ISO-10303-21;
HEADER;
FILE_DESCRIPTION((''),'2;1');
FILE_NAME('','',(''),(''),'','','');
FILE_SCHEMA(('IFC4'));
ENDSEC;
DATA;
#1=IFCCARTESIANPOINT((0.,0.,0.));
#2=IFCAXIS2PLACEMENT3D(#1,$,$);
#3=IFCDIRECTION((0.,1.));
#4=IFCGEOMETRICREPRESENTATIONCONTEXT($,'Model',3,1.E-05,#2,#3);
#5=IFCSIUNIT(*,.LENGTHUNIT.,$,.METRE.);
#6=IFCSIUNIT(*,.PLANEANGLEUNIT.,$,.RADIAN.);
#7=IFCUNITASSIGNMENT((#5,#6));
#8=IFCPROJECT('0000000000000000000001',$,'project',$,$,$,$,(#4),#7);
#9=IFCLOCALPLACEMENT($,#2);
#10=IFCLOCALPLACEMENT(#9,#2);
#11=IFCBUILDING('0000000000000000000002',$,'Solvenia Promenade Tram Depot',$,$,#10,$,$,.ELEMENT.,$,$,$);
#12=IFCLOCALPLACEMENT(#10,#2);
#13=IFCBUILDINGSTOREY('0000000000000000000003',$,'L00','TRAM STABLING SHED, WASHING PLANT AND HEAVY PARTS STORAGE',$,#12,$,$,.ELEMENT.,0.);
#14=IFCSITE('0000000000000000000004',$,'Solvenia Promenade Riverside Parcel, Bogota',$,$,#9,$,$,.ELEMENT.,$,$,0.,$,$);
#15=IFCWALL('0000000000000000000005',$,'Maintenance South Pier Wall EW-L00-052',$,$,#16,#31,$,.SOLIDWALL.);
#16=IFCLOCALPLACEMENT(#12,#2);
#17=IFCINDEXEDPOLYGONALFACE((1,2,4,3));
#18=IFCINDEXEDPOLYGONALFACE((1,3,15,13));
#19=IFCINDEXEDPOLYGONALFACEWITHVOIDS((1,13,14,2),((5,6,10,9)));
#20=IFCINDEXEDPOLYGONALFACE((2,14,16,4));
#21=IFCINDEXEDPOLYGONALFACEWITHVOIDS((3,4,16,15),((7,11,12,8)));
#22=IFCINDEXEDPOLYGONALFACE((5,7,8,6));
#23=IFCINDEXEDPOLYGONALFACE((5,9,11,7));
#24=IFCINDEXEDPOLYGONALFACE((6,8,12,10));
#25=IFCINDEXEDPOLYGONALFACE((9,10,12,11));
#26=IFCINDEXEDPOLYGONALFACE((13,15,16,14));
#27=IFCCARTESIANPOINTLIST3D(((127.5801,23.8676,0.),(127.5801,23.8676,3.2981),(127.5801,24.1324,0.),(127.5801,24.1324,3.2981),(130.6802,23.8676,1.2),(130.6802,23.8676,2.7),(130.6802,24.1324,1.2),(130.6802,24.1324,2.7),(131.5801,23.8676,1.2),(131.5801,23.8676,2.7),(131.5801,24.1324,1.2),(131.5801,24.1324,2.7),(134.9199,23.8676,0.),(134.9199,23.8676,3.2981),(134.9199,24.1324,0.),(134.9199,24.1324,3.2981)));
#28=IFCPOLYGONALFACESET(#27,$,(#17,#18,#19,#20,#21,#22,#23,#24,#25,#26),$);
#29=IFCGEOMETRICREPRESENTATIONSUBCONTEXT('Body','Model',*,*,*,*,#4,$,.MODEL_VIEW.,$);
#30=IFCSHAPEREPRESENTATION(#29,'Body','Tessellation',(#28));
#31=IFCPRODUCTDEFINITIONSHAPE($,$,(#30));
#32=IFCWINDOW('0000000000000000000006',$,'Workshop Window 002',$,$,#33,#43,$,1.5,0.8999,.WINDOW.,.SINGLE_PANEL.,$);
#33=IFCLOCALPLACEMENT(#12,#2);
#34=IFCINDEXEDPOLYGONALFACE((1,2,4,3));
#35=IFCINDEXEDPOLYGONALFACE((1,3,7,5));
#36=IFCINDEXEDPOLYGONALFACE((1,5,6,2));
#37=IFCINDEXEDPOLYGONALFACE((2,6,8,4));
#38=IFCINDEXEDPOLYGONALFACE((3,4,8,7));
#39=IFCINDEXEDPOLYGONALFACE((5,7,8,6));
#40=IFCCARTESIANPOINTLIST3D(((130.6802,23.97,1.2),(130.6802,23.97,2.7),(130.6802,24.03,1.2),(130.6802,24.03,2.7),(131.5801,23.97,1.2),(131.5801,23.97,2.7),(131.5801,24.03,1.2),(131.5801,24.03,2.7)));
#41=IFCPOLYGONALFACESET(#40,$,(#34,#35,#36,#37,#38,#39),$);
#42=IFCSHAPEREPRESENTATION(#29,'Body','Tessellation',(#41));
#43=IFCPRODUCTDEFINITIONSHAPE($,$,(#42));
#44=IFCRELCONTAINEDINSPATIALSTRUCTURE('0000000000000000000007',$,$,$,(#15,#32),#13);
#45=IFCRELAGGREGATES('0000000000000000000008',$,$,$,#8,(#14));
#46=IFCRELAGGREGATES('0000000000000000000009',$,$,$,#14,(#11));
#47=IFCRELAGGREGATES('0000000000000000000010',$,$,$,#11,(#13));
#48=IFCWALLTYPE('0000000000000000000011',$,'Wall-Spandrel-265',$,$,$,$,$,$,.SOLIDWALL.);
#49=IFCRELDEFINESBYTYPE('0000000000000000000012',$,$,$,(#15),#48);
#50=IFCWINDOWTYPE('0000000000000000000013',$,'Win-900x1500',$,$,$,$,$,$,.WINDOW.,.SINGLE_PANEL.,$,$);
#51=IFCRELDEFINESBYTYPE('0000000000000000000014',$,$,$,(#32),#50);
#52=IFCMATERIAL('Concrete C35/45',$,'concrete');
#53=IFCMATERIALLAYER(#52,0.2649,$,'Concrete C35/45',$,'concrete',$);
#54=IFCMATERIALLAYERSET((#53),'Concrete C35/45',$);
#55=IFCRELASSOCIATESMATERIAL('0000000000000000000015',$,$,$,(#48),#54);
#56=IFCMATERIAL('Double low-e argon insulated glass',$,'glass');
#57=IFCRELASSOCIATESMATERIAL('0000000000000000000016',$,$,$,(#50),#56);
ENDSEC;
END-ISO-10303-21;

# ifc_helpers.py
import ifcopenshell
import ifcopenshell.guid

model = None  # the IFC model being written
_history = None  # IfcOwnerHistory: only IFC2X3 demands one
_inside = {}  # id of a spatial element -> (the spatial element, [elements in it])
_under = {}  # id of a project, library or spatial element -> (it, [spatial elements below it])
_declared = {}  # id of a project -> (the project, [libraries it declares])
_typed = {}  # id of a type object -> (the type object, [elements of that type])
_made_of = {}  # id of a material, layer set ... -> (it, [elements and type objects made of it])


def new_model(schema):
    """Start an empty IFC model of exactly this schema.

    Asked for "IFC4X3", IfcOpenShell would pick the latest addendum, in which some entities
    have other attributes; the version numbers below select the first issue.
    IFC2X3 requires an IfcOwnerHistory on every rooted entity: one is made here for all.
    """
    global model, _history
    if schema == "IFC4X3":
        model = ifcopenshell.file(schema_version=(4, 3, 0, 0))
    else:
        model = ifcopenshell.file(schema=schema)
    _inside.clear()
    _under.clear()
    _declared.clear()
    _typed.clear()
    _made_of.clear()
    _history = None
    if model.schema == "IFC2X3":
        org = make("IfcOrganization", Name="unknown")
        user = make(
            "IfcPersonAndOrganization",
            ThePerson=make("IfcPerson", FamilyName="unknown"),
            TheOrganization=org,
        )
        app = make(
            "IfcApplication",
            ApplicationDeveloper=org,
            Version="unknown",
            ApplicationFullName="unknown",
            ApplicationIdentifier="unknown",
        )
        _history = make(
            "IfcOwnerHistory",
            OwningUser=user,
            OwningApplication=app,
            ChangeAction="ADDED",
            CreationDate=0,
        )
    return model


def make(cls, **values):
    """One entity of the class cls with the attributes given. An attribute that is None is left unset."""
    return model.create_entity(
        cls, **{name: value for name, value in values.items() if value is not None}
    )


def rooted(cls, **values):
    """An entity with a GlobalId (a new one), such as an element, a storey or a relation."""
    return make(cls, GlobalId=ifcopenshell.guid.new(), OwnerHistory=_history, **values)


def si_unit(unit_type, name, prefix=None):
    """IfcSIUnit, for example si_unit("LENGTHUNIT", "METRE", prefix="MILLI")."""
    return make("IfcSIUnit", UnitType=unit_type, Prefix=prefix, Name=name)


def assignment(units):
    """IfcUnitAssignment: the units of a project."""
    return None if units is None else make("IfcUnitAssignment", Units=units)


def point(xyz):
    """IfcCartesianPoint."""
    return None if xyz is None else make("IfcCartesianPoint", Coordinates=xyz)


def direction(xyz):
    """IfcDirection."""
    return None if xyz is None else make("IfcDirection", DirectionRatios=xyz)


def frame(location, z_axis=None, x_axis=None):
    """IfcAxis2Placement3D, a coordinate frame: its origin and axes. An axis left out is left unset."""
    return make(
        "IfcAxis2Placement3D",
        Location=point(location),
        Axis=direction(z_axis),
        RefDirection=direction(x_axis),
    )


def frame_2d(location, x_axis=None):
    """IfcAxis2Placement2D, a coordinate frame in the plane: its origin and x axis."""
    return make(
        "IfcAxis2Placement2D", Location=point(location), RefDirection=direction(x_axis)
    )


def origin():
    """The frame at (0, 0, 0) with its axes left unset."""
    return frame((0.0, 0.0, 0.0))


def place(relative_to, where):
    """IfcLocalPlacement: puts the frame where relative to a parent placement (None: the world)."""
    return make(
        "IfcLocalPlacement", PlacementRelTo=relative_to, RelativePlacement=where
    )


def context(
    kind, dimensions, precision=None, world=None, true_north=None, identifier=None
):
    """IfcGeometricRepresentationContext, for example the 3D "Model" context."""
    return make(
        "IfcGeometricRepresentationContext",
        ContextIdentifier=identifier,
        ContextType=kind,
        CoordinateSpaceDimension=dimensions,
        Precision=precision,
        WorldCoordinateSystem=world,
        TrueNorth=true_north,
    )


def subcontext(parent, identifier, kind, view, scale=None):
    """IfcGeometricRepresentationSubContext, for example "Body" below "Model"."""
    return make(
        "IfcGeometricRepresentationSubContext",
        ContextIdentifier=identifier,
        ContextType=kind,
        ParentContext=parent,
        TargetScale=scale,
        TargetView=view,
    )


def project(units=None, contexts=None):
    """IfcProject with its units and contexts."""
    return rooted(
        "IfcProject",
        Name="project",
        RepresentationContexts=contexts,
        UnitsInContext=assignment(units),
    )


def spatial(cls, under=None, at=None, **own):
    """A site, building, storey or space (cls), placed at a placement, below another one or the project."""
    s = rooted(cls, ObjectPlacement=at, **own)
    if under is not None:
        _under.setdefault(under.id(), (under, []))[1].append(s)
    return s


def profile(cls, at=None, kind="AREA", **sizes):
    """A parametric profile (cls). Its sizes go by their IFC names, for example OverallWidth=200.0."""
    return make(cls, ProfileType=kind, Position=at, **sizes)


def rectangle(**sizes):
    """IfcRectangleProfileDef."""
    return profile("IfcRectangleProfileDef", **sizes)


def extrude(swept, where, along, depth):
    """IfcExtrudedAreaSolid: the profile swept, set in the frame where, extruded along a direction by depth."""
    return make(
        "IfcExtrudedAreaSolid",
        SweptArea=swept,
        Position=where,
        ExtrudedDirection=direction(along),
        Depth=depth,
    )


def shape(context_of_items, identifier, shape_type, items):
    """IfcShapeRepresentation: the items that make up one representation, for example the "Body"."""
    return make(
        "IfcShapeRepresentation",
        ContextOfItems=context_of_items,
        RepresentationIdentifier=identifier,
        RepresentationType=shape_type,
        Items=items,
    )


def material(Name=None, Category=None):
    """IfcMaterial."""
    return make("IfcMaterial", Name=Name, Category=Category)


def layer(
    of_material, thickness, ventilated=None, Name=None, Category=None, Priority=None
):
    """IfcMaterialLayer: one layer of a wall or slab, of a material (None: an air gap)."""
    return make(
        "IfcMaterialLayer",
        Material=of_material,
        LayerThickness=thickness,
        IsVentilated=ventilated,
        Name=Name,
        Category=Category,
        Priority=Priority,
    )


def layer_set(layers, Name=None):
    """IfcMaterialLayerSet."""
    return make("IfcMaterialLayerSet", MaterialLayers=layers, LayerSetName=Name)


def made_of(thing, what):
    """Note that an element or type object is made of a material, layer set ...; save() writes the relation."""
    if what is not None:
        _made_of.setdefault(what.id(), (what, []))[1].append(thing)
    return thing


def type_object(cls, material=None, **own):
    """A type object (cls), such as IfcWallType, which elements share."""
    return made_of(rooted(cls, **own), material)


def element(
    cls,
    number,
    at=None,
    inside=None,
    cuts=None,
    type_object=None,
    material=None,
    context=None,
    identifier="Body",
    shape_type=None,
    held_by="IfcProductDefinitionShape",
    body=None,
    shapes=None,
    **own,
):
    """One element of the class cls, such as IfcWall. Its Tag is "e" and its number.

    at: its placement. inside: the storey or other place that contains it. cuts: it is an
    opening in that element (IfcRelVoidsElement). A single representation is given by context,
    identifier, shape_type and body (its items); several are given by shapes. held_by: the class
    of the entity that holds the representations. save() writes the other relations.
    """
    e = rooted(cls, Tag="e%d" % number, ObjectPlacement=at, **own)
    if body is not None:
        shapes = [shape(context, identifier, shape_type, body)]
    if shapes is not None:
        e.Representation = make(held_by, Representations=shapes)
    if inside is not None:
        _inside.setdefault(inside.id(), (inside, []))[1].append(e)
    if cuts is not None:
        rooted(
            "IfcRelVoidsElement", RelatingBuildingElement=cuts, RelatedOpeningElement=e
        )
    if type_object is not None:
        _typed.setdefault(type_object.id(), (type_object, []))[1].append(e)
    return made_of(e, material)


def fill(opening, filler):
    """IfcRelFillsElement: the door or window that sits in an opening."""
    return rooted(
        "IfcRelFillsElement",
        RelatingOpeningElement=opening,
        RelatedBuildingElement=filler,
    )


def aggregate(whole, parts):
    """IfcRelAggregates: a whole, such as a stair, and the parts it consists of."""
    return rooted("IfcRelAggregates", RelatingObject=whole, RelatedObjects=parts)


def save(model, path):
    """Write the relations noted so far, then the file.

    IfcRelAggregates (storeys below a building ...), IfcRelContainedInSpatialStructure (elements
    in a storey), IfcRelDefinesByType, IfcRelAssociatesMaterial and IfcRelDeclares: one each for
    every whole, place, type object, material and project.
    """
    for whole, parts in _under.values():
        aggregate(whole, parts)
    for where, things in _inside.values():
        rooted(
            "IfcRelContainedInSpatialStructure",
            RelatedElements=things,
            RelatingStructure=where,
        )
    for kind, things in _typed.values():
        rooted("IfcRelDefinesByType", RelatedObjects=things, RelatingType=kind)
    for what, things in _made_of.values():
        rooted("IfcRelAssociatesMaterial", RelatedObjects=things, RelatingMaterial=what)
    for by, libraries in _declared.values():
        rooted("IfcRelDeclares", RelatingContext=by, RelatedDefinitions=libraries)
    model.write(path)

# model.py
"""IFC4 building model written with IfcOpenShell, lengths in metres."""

from ifc_helpers import new_model, si_unit, direction, frame, frame_2d, origin, place, context, subcontext, project, spatial, rectangle, extrude, material, layer, layer_set, type_object, element, fill, save


model = new_model("IFC4")

# Units and contexts
model_context = context("Model", 3, precision=1e-05, world=origin(), true_north=direction((0.0, 1.0)))
body_context = subcontext(model_context, "Body", "Model", "MODEL_VIEW")
ifc_project = project(units=[si_unit("LENGTHUNIT", "METRE"), si_unit("PLANEANGLEUNIT", "RADIAN")], contexts=[model_context])

# Site, building, storey
site_placement = place(None, origin())
site = spatial("IfcSite", under=ifc_project, at=site_placement, Name="Solvenia Promenade Riverside Parcel, Bogota", CompositionType="ELEMENT", RefElevation=0.0)
building_placement = place(site_placement, origin())
building = spatial("IfcBuilding", under=site, at=building_placement, Name="Solvenia Promenade Tram Depot", CompositionType="ELEMENT")
storey_placement = place(building_placement, origin())
storey = spatial("IfcBuildingStorey", under=building, at=storey_placement, Name="L00", Description="TRAM STABLING SHED, WASHING PLANT AND HEAVY PARTS STORAGE", CompositionType="ELEMENT", Elevation=0.0)

# Shared definitions
ifc_material_1 = material(Name="Concrete C35/45", Category="concrete")

# Shared definitions
ifc_layer_1 = layer(ifc_material_1, 0.2649, Name="Concrete C35/45", Category="concrete")
ifc_layer_set_1 = layer_set([ifc_layer_1], Name="Concrete C35/45")
wall_type_1 = type_object("IfcWallType", Name="Wall-Spandrel-265", PredefinedType="SOLIDWALL", material=ifc_layer_set_1)
ifc_material_2 = material(Name="Double low-e argon insulated glass", Category="glass")

# Wall, opening, window
wall_1_placement = place(storey_placement, frame((127.5801, 24.0, 0.0), z_axis=(0.0, 0.0, 1.0), x_axis=(1.0, 0.0, 0.0)))
wall_1 = element("IfcWall", 1, at=wall_1_placement, inside=storey, type_object=wall_type_1, Name="Maintenance South Pier Wall EW-L00-052", PredefinedType="SOLIDWALL", context=body_context, shape_type="SweptSolid", body=[
    extrude(rectangle(XDim=7.3398, YDim=0.2649, at=frame_2d((3.6699, 0.0))), origin(), (0.0, 0.0, 1.0), 3.2981),
])
opening_1_placement = place(wall_1_placement, frame((3.1001, 0.0, 1.2)))
opening_1 = element("IfcOpeningElement", 2, at=opening_1_placement, cuts=wall_1, PredefinedType="OPENING", context=body_context, shape_type="SweptSolid", body=[
    extrude(rectangle(XDim=0.8999, YDim=1.5, at=frame_2d((0.45, 0.75))), frame((0.0, 0.1423, 0.0), z_axis=(0.0, -1.0, 0.0), x_axis=(1.0, 0.0, 0.0)), (0.0, 0.0, 1.0), 0.2849),
])
window_type_1 = type_object("IfcWindowType", Name="Win-900x1500", PartitioningType="SINGLE_PANEL", PredefinedType="WINDOW", material=ifc_material_2)
window_1_placement = place(opening_1_placement, origin())
window_1 = element("IfcWindow", 3, at=window_1_placement, inside=storey, type_object=window_type_1, Name="Workshop Window 002", OverallHeight=1.5, OverallWidth=0.8999, PartitioningType="SINGLE_PANEL", PredefinedType="WINDOW", context=body_context, shape_type="SweptSolid", body=[
    extrude(rectangle(XDim=0.8999, YDim=1.5, at=frame_2d((0.45, 0.75))), frame((0.0, 0.03, 0.0), z_axis=(0.0, -1.0, 0.0), x_axis=(1.0, 0.0, 0.0)), (0.0, 0.0, 1.0), 0.0601),
])
fill(opening_1, window_1)

save(model, "model.ifc")
